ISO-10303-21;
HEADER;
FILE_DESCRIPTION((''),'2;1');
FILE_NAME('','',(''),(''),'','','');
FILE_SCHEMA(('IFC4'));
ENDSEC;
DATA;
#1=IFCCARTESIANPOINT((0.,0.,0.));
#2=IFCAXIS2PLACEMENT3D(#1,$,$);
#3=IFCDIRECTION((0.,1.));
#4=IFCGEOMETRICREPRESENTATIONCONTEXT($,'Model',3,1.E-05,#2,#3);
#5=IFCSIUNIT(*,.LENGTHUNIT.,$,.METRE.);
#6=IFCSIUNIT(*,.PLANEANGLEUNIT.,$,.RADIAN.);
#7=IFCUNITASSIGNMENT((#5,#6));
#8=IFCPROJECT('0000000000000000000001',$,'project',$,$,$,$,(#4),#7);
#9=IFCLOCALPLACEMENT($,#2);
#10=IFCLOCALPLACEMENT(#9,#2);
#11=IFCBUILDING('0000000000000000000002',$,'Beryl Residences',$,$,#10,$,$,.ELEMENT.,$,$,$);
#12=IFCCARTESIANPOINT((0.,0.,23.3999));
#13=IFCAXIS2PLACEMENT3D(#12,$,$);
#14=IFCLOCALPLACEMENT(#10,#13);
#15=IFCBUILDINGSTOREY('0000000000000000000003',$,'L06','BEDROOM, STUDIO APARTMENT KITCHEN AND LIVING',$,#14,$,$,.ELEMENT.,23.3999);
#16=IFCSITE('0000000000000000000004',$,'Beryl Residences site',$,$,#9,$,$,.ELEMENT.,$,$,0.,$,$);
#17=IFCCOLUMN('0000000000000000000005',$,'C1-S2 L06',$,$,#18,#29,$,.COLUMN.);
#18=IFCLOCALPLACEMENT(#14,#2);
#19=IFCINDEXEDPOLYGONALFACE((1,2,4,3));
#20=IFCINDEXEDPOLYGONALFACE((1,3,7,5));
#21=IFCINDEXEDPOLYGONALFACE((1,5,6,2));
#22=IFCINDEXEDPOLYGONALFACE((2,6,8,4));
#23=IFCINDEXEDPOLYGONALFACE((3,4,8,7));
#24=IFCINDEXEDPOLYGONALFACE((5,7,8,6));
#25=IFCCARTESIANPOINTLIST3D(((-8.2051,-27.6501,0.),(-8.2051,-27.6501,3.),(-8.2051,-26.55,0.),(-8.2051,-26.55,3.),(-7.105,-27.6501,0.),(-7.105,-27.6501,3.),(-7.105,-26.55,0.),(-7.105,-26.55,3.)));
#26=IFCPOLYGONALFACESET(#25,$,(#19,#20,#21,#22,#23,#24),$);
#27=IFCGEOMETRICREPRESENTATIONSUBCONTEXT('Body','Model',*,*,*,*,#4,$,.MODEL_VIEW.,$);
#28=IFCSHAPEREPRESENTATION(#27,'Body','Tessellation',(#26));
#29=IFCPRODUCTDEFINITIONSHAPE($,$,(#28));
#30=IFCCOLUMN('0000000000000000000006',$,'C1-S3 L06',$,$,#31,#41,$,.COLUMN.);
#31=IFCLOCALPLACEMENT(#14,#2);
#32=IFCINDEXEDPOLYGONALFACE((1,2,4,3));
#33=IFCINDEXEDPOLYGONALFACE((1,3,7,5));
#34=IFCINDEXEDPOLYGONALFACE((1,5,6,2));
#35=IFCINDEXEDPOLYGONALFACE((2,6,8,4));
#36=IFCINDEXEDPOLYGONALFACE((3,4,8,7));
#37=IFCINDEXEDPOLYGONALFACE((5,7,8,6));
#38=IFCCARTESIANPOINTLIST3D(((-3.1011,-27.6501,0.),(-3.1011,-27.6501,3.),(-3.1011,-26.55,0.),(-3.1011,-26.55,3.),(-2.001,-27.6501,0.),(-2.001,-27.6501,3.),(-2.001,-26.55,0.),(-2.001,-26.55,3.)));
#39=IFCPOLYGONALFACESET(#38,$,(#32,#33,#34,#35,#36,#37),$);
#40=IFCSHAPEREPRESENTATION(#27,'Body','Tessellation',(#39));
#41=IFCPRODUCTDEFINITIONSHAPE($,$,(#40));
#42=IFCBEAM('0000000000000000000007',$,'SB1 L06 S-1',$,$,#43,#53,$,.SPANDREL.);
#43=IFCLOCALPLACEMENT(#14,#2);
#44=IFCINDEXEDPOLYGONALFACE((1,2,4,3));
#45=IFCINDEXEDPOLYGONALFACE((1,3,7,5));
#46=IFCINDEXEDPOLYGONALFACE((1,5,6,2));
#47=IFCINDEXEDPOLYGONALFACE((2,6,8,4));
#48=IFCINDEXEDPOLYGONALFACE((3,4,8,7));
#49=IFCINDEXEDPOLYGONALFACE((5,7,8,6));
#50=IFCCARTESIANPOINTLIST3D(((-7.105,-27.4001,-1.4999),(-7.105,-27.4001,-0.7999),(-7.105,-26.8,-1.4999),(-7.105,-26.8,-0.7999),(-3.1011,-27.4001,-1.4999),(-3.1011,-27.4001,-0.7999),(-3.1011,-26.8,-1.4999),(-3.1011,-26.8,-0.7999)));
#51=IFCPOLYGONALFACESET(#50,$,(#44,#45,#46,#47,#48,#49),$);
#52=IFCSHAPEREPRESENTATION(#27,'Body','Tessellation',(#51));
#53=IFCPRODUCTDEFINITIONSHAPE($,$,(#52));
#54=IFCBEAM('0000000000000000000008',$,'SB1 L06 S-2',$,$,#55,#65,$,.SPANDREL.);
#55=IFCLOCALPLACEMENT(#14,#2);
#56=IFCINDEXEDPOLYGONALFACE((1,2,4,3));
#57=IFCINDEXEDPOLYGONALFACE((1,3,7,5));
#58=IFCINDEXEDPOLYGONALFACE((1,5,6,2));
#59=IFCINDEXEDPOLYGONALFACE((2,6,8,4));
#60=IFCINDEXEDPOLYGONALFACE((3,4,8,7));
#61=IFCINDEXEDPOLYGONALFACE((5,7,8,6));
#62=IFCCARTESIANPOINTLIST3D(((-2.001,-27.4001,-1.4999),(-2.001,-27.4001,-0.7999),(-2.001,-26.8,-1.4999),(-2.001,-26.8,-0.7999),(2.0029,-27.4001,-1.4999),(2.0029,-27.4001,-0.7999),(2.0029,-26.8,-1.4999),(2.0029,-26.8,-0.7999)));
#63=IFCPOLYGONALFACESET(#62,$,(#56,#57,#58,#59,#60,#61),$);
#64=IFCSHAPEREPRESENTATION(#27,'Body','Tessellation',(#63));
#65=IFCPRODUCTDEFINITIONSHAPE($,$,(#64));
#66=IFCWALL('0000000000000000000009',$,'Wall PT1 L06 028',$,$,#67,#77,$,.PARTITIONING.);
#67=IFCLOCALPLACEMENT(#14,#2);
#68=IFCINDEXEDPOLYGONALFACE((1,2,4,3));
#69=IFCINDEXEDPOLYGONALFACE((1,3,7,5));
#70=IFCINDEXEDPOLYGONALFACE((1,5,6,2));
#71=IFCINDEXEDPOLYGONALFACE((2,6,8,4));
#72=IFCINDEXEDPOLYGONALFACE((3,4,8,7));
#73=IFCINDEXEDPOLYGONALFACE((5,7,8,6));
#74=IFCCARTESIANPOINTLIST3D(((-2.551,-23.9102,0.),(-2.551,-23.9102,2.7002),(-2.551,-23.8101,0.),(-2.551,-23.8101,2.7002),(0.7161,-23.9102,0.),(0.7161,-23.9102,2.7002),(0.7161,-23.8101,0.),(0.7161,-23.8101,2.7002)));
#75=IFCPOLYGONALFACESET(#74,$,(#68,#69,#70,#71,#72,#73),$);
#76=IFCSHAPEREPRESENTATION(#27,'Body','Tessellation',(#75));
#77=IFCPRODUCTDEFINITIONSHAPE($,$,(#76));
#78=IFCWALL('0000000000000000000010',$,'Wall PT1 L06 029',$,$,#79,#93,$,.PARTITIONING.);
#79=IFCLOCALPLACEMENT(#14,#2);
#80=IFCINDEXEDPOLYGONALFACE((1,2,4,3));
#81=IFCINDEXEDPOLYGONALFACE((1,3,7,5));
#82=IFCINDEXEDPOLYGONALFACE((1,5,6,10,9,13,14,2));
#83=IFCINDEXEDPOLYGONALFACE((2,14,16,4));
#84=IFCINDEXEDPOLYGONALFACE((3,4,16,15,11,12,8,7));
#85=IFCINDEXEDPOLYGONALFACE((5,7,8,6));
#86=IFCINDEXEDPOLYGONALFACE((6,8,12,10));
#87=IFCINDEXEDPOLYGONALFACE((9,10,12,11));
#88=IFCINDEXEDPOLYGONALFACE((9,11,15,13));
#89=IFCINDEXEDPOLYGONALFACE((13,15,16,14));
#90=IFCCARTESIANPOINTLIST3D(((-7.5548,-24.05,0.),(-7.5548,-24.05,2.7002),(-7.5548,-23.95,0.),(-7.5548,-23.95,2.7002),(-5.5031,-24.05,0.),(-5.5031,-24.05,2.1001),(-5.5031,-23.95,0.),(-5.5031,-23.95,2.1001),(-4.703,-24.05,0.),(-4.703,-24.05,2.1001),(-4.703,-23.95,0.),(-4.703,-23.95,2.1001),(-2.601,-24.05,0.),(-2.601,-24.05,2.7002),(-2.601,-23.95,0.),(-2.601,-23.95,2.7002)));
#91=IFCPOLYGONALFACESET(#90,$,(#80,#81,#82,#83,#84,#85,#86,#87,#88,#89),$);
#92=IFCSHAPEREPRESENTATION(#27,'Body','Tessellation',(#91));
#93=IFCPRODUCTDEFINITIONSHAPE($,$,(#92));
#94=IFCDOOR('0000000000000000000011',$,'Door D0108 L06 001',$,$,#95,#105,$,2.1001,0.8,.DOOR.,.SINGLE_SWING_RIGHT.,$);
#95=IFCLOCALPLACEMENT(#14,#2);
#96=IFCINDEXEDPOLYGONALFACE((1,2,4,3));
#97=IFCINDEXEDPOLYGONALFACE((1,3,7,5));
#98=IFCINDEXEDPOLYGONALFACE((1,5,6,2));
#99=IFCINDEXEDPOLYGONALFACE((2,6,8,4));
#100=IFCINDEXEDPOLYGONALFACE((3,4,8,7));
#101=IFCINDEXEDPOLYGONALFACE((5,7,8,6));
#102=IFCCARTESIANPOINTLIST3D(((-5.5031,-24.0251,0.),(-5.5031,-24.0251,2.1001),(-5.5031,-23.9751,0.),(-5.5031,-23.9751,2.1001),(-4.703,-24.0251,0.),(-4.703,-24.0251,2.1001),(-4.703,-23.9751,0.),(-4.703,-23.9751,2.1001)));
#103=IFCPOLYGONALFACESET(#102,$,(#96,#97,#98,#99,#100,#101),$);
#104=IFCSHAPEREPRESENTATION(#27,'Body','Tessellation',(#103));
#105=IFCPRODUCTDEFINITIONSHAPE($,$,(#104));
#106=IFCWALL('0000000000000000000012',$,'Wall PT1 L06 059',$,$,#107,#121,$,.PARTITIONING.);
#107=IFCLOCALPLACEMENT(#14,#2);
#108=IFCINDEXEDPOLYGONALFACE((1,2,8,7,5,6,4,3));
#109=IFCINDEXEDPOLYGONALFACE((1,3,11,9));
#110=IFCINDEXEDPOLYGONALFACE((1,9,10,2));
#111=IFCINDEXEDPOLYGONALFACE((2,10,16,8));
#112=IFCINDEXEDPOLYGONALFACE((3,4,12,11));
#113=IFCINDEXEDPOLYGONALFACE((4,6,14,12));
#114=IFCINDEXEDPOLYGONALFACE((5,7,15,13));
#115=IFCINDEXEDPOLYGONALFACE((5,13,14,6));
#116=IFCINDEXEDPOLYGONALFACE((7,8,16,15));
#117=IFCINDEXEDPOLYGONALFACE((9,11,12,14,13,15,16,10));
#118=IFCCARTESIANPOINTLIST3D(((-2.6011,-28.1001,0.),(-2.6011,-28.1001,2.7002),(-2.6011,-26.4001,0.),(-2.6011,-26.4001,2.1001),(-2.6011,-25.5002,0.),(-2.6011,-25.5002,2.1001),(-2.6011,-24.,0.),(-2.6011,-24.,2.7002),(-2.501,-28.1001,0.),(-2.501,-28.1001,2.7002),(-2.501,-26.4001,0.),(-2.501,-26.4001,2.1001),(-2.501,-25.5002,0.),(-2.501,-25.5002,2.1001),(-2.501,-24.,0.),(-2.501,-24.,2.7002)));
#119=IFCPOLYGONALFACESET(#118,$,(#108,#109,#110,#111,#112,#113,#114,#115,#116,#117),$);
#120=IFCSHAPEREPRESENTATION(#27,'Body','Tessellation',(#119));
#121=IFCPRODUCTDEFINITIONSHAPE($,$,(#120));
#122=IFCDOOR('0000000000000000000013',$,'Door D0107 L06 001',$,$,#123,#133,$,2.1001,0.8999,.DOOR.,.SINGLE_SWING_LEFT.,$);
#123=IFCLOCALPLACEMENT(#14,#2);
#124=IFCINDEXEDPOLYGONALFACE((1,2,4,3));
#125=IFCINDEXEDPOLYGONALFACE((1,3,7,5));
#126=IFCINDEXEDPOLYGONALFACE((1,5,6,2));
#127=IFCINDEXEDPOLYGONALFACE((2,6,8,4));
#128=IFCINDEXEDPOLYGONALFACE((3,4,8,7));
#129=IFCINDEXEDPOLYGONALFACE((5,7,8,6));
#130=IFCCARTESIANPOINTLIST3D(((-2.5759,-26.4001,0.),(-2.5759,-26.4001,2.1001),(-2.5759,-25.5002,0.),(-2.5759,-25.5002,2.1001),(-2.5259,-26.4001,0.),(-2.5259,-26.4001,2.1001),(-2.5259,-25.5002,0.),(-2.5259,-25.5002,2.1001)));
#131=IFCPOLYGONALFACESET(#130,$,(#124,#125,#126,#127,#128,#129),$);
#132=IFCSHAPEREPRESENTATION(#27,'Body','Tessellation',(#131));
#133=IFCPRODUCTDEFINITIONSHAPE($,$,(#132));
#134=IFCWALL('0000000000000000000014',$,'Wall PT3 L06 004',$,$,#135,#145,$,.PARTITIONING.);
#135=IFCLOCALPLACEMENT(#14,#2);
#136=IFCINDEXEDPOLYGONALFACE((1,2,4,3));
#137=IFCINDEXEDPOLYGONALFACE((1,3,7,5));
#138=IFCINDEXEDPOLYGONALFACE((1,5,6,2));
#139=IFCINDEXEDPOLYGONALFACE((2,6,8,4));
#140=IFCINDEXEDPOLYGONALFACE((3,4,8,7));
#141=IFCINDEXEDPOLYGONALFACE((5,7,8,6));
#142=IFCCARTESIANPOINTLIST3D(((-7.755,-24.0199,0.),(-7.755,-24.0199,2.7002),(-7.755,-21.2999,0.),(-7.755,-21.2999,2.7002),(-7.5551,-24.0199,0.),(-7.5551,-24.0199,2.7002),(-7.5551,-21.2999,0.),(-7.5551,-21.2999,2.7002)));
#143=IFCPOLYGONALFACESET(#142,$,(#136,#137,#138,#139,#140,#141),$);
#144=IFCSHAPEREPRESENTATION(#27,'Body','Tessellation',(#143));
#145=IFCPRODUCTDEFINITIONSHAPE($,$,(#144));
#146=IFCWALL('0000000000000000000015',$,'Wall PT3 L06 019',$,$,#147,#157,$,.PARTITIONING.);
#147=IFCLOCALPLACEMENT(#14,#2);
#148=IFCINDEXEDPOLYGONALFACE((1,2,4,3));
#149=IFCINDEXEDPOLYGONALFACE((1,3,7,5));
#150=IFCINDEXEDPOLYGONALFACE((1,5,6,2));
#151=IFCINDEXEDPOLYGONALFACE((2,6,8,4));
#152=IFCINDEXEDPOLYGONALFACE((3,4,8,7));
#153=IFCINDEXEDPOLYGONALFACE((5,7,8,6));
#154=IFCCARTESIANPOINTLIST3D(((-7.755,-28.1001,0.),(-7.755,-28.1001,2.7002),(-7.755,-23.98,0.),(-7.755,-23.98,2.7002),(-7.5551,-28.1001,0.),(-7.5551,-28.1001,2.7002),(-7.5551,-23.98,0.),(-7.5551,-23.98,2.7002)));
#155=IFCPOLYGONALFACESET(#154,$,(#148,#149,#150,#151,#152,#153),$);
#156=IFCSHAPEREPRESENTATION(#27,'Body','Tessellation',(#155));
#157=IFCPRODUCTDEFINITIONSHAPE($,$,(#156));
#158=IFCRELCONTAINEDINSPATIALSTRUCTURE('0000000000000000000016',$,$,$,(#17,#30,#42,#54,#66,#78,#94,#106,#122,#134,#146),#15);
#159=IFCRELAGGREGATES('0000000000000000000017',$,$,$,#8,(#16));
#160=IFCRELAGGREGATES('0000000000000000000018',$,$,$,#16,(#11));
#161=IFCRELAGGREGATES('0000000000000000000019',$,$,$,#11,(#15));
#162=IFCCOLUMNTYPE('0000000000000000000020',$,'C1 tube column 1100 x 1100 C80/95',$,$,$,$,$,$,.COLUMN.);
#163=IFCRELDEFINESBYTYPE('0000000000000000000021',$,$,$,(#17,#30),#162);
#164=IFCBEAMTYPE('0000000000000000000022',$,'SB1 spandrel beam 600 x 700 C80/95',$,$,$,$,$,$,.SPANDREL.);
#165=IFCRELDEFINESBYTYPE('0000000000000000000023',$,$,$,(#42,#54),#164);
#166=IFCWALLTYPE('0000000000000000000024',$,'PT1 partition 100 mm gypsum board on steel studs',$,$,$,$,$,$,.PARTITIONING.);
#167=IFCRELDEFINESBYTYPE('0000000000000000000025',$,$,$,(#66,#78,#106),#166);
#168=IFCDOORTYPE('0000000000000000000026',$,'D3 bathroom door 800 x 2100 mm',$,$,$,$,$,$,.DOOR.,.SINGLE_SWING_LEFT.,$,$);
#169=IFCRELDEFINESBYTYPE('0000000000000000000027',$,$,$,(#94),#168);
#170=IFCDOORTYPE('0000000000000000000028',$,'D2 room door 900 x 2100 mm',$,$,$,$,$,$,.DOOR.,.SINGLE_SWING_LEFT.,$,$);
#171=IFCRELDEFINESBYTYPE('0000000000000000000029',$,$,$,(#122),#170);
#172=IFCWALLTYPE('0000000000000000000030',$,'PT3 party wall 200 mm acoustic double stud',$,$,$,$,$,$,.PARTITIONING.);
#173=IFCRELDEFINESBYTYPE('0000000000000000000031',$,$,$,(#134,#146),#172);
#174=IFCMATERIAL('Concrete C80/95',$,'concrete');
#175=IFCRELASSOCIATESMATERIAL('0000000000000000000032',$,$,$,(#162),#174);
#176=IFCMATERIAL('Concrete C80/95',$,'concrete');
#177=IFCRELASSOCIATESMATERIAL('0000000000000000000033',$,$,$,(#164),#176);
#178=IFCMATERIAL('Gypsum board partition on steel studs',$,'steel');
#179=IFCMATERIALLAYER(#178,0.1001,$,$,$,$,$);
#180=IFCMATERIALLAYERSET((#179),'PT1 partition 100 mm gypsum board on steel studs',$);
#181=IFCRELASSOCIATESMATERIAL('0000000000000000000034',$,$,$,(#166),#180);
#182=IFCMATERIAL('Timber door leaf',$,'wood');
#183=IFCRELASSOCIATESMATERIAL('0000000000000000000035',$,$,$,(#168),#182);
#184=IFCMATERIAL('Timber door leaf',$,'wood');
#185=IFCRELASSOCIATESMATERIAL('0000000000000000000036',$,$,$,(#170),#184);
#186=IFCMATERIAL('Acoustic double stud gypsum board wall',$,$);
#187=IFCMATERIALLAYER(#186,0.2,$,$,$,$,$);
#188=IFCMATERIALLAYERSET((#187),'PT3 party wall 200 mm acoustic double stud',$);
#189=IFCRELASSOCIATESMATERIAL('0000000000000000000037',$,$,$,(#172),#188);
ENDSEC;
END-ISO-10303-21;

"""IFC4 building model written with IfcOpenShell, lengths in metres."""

from ifc_helpers import new_model, si_unit, direction, frame, frame_2d, origin, origin_2d, place, context, subcontext, project, spatial, rectangle, extrude, material, layer, layer_set, material_profile, profile_set, type_object, element, fill, save


model = new_model("IFC4")

# Units and contexts
model_context = context("Model", 3, precision=1e-05, world=origin(), true_north=direction((0.0, 1.0)))
body_context = subcontext(model_context, "Body", "Model", "MODEL_VIEW")
ifc_project = project(units=[si_unit("LENGTHUNIT", "METRE"), si_unit("PLANEANGLEUNIT", "RADIAN")], contexts=[model_context])

# Site, building, storey
site_placement = place(None, origin())
site = spatial("IfcSite", under=ifc_project, at=site_placement, Name="Beryl Residences site", CompositionType="ELEMENT", RefElevation=0.0)
building_placement = place(site_placement, origin())
building = spatial("IfcBuilding", under=site, at=building_placement, Name="Beryl Residences", CompositionType="ELEMENT")
storey_placement = place(building_placement, frame((0.0, 0.0, 23.3999)))
storey = spatial("IfcBuildingStorey", under=building, at=storey_placement, Name="L06", Description="BEDROOM, STUDIO APARTMENT KITCHEN AND LIVING", CompositionType="ELEMENT", Elevation=23.3999)

# Columns
ifc_material_1 = material(Name="Concrete C80/95", Category="concrete")
ifc_material_profile_1 = material_profile(ifc_material_1, rectangle(XDim=1.1001, YDim=1.1001, at=origin_2d()))
ifc_profile_set_1 = profile_set([ifc_material_profile_1], Name="Concrete C80/95")
column_type = type_object("IfcColumnType", Name="C1 tube column 1100 x 1100 C80/95", PredefinedType="COLUMN", material=ifc_profile_set_1)
for number, where, z_axis, x_axis, name in (
    (1, (-7.655, -27.1001, 0.0), (0.0, 0.0, 1.0), (1.0, 0.0, 0.0), "C1-S2 L06"),
    (2, (-2.551, -27.1001, 0.0), (0.0, 0.0, 1.0), (1.0, 0.0, 0.0), "C1-S3 L06"),
):
    element("IfcColumn", number, at=place(storey_placement, frame(where, z_axis=z_axis, x_axis=x_axis)), inside=storey, type_object=column_type, Name=name, PredefinedType="COLUMN", context=body_context, shape_type="SweptSolid", body=[
        extrude(rectangle(XDim=1.1001, YDim=1.1001, at=origin_2d()), origin(), (0.0, 0.0, 1.0), 3.0),
    ])

# Beams
ifc_material_2 = material(Name="Concrete C80/95", Category="concrete")
ifc_material_profile_2 = material_profile(ifc_material_2, rectangle(XDim=0.6001, YDim=0.7, at=origin_2d()))
ifc_profile_set_2 = profile_set([ifc_material_profile_2], Name="Concrete C80/95")
beam_type = type_object("IfcBeamType", Name="SB1 spandrel beam 600 x 700 C80/95", PredefinedType="SPANDREL", material=ifc_profile_set_2)
for number, where, z_axis, x_axis, name in (
    (3, (-7.105, -27.1001, -1.1499), (1.0, 0.0, 0.0), (0.0, 1.0, 0.0), "SB1 L06 S-1"),
    (4, (-2.001, -27.1001, -1.1499), (1.0, 0.0, 0.0), (0.0, 1.0, 0.0), "SB1 L06 S-2"),
):
    element("IfcBeam", number, at=place(storey_placement, frame(where, z_axis=z_axis, x_axis=x_axis)), inside=storey, type_object=beam_type, Name=name, PredefinedType="SPANDREL", context=body_context, shape_type="SweptSolid", body=[
        extrude(rectangle(XDim=0.6001, YDim=0.7, at=origin_2d()), origin(), (0.0, 0.0, 1.0), 4.0039),
    ])

# Wall
ifc_material_3 = material(Name="Gypsum board partition on steel studs", Category="steel")
ifc_layer_1 = layer(ifc_material_3, 0.1001)
ifc_layer_set_1 = layer_set([ifc_layer_1], Name="PT1 partition 100 mm gypsum board on steel studs")
wall_type_1 = type_object("IfcWallType", Name="PT1 partition 100 mm gypsum board on steel studs", PredefinedType="PARTITIONING", material=ifc_layer_set_1)
wall_1_placement = place(storey_placement, frame((-2.551, -23.8601, 0.0), z_axis=(0.0, 0.0, 1.0), x_axis=(1.0, 0.0, 0.0)))
element("IfcWall", 5, at=wall_1_placement, inside=storey, type_object=wall_type_1, Name="Wall PT1 L06 028", PredefinedType="PARTITIONING", context=body_context, shape_type="SweptSolid", body=[
    extrude(rectangle(XDim=3.2671, YDim=0.1001, at=frame_2d((1.6335, 0.0))), origin(), (0.0, 0.0, 1.0), 2.7002),
])

# Walls, openings, doors
wall_2_placement = place(storey_placement, frame((-7.5549, -24.0, 0.0), z_axis=(0.0, 0.0, 1.0), x_axis=(1.0, 0.0, 0.0)))
wall_2 = element("IfcWall", 6, at=wall_2_placement, inside=storey, type_object=wall_type_1, Name="Wall PT1 L06 029", PredefinedType="PARTITIONING", context=body_context, shape_type="SweptSolid", body=[
    extrude(rectangle(XDim=4.9539, YDim=0.1001, at=frame_2d((2.4771, 0.0))), origin(), (0.0, 0.0, 1.0), 2.7002),
])
opening_1_placement = place(wall_2_placement, frame((2.052, 0.0, 0.0)))
opening_1 = element("IfcOpeningElement", 7, at=opening_1_placement, cuts=wall_2, PredefinedType="OPENING", context=body_context, shape_type="SweptSolid", body=[
    extrude(rectangle(XDim=0.8, YDim=2.1001, at=frame_2d((0.3999, 1.05))), frame((0.0, 0.0601, 0.0), z_axis=(0.0, -1.0, 0.0), x_axis=(1.0, 0.0, 0.0)), (0.0, 0.0, 1.0), 0.1201),
])
ifc_material_4 = material(Name="Timber door leaf", Category="wood")
door_type_1 = type_object("IfcDoorType", Name="D3 bathroom door 800 x 2100 mm", OperationType="SINGLE_SWING_LEFT", PredefinedType="DOOR", material=ifc_material_4)
door_1_placement = place(opening_1_placement, origin())
door_1 = element("IfcDoor", 8, at=door_1_placement, inside=storey, type_object=door_type_1, Name="Door D0108 L06 001", OperationType="SINGLE_SWING_RIGHT", OverallHeight=2.1001, OverallWidth=0.8, PredefinedType="DOOR", context=body_context, shape_type="SweptSolid", body=[
    extrude(rectangle(XDim=0.8, YDim=2.1001, at=frame_2d((0.3999, 1.05))), frame((0.0, 0.0249, 0.0), z_axis=(0.0, -1.0, 0.0), x_axis=(1.0, 0.0, 0.0)), (0.0, 0.0, 1.0), 0.05),
])
fill(opening_1, door_1)
wall_3_placement = place(storey_placement, frame((-2.551, -28.1001, 0.0), z_axis=(0.0, 0.0, 1.0), x_axis=(0.0, 1.0, 0.0)))
wall_3 = element("IfcWall", 9, at=wall_3_placement, inside=storey, type_object=wall_type_1, Name="Wall PT1 L06 059", PredefinedType="PARTITIONING", context=body_context, shape_type="SweptSolid", body=[
    extrude(rectangle(XDim=4.1001, YDim=0.1001, at=frame_2d((2.05, 0.0))), origin(), (0.0, 0.0, 1.0), 2.7002),
])
opening_2_placement = place(wall_3_placement, frame((1.7, 0.0, 0.0)))
opening_2 = element("IfcOpeningElement", 10, at=opening_2_placement, cuts=wall_3, PredefinedType="OPENING", context=body_context, shape_type="SweptSolid", body=[
    extrude(rectangle(XDim=0.8999, YDim=2.1001, at=frame_2d((0.45, 1.05))), frame((0.0, 0.0601, 0.0), z_axis=(0.0, -1.0, 0.0), x_axis=(1.0, 0.0, 0.0)), (0.0, 0.0, 1.0), 0.1201),
])
ifc_material_5 = material(Name="Timber door leaf", Category="wood")
door_type_2 = type_object("IfcDoorType", Name="D2 room door 900 x 2100 mm", OperationType="SINGLE_SWING_LEFT", PredefinedType="DOOR", material=ifc_material_5)
door_2_placement = place(opening_2_placement, origin())
door_2 = element("IfcDoor", 11, at=door_2_placement, inside=storey, type_object=door_type_2, Name="Door D0107 L06 001", OperationType="SINGLE_SWING_LEFT", OverallHeight=2.1001, OverallWidth=0.8999, PredefinedType="DOOR", context=body_context, shape_type="SweptSolid", body=[
    extrude(rectangle(XDim=0.8999, YDim=2.1001, at=frame_2d((0.45, 1.05))), frame((0.0, 0.0249, 0.0), z_axis=(0.0, -1.0, 0.0), x_axis=(1.0, 0.0, 0.0)), (0.0, 0.0, 1.0), 0.05),
])
fill(opening_2, door_2)

# Walls
ifc_material_6 = material(Name="Acoustic double stud gypsum board wall")
ifc_layer_2 = layer(ifc_material_6, 0.2)
ifc_layer_set_2 = layer_set([ifc_layer_2], Name="PT3 party wall 200 mm acoustic double stud")
wall_type_2 = type_object("IfcWallType", Name="PT3 party wall 200 mm acoustic double stud", PredefinedType="PARTITIONING", material=ifc_layer_set_2)
wall_4_placement = place(storey_placement, frame((-7.655, -21.3, 0.0), z_axis=(0.0, 0.0, 1.0), x_axis=(0.0, -1.0, 0.0)))
element("IfcWall", 12, at=wall_4_placement, inside=storey, type_object=wall_type_2, Name="Wall PT3 L06 004", PredefinedType="PARTITIONING", context=body_context, shape_type="SweptSolid", body=[
    extrude(rectangle(XDim=2.72, YDim=0.2, at=frame_2d((1.3599, 0.0))), origin(), (0.0, 0.0, 1.0), 2.7002),
])
wall_5_placement = place(storey_placement, frame((-7.655, -28.1001, 0.0), z_axis=(0.0, 0.0, 1.0), x_axis=(0.0, 1.0, 0.0)))
element("IfcWall", 13, at=wall_5_placement, inside=storey, type_object=wall_type_2, Name="Wall PT3 L06 019", PredefinedType="PARTITIONING", context=body_context, shape_type="SweptSolid", body=[
    extrude(rectangle(XDim=4.1201, YDim=0.2, at=frame_2d((2.0601, 0.0))), origin(), (0.0, 0.0, 1.0), 2.7002),
])

save(model, "model.ifc")
